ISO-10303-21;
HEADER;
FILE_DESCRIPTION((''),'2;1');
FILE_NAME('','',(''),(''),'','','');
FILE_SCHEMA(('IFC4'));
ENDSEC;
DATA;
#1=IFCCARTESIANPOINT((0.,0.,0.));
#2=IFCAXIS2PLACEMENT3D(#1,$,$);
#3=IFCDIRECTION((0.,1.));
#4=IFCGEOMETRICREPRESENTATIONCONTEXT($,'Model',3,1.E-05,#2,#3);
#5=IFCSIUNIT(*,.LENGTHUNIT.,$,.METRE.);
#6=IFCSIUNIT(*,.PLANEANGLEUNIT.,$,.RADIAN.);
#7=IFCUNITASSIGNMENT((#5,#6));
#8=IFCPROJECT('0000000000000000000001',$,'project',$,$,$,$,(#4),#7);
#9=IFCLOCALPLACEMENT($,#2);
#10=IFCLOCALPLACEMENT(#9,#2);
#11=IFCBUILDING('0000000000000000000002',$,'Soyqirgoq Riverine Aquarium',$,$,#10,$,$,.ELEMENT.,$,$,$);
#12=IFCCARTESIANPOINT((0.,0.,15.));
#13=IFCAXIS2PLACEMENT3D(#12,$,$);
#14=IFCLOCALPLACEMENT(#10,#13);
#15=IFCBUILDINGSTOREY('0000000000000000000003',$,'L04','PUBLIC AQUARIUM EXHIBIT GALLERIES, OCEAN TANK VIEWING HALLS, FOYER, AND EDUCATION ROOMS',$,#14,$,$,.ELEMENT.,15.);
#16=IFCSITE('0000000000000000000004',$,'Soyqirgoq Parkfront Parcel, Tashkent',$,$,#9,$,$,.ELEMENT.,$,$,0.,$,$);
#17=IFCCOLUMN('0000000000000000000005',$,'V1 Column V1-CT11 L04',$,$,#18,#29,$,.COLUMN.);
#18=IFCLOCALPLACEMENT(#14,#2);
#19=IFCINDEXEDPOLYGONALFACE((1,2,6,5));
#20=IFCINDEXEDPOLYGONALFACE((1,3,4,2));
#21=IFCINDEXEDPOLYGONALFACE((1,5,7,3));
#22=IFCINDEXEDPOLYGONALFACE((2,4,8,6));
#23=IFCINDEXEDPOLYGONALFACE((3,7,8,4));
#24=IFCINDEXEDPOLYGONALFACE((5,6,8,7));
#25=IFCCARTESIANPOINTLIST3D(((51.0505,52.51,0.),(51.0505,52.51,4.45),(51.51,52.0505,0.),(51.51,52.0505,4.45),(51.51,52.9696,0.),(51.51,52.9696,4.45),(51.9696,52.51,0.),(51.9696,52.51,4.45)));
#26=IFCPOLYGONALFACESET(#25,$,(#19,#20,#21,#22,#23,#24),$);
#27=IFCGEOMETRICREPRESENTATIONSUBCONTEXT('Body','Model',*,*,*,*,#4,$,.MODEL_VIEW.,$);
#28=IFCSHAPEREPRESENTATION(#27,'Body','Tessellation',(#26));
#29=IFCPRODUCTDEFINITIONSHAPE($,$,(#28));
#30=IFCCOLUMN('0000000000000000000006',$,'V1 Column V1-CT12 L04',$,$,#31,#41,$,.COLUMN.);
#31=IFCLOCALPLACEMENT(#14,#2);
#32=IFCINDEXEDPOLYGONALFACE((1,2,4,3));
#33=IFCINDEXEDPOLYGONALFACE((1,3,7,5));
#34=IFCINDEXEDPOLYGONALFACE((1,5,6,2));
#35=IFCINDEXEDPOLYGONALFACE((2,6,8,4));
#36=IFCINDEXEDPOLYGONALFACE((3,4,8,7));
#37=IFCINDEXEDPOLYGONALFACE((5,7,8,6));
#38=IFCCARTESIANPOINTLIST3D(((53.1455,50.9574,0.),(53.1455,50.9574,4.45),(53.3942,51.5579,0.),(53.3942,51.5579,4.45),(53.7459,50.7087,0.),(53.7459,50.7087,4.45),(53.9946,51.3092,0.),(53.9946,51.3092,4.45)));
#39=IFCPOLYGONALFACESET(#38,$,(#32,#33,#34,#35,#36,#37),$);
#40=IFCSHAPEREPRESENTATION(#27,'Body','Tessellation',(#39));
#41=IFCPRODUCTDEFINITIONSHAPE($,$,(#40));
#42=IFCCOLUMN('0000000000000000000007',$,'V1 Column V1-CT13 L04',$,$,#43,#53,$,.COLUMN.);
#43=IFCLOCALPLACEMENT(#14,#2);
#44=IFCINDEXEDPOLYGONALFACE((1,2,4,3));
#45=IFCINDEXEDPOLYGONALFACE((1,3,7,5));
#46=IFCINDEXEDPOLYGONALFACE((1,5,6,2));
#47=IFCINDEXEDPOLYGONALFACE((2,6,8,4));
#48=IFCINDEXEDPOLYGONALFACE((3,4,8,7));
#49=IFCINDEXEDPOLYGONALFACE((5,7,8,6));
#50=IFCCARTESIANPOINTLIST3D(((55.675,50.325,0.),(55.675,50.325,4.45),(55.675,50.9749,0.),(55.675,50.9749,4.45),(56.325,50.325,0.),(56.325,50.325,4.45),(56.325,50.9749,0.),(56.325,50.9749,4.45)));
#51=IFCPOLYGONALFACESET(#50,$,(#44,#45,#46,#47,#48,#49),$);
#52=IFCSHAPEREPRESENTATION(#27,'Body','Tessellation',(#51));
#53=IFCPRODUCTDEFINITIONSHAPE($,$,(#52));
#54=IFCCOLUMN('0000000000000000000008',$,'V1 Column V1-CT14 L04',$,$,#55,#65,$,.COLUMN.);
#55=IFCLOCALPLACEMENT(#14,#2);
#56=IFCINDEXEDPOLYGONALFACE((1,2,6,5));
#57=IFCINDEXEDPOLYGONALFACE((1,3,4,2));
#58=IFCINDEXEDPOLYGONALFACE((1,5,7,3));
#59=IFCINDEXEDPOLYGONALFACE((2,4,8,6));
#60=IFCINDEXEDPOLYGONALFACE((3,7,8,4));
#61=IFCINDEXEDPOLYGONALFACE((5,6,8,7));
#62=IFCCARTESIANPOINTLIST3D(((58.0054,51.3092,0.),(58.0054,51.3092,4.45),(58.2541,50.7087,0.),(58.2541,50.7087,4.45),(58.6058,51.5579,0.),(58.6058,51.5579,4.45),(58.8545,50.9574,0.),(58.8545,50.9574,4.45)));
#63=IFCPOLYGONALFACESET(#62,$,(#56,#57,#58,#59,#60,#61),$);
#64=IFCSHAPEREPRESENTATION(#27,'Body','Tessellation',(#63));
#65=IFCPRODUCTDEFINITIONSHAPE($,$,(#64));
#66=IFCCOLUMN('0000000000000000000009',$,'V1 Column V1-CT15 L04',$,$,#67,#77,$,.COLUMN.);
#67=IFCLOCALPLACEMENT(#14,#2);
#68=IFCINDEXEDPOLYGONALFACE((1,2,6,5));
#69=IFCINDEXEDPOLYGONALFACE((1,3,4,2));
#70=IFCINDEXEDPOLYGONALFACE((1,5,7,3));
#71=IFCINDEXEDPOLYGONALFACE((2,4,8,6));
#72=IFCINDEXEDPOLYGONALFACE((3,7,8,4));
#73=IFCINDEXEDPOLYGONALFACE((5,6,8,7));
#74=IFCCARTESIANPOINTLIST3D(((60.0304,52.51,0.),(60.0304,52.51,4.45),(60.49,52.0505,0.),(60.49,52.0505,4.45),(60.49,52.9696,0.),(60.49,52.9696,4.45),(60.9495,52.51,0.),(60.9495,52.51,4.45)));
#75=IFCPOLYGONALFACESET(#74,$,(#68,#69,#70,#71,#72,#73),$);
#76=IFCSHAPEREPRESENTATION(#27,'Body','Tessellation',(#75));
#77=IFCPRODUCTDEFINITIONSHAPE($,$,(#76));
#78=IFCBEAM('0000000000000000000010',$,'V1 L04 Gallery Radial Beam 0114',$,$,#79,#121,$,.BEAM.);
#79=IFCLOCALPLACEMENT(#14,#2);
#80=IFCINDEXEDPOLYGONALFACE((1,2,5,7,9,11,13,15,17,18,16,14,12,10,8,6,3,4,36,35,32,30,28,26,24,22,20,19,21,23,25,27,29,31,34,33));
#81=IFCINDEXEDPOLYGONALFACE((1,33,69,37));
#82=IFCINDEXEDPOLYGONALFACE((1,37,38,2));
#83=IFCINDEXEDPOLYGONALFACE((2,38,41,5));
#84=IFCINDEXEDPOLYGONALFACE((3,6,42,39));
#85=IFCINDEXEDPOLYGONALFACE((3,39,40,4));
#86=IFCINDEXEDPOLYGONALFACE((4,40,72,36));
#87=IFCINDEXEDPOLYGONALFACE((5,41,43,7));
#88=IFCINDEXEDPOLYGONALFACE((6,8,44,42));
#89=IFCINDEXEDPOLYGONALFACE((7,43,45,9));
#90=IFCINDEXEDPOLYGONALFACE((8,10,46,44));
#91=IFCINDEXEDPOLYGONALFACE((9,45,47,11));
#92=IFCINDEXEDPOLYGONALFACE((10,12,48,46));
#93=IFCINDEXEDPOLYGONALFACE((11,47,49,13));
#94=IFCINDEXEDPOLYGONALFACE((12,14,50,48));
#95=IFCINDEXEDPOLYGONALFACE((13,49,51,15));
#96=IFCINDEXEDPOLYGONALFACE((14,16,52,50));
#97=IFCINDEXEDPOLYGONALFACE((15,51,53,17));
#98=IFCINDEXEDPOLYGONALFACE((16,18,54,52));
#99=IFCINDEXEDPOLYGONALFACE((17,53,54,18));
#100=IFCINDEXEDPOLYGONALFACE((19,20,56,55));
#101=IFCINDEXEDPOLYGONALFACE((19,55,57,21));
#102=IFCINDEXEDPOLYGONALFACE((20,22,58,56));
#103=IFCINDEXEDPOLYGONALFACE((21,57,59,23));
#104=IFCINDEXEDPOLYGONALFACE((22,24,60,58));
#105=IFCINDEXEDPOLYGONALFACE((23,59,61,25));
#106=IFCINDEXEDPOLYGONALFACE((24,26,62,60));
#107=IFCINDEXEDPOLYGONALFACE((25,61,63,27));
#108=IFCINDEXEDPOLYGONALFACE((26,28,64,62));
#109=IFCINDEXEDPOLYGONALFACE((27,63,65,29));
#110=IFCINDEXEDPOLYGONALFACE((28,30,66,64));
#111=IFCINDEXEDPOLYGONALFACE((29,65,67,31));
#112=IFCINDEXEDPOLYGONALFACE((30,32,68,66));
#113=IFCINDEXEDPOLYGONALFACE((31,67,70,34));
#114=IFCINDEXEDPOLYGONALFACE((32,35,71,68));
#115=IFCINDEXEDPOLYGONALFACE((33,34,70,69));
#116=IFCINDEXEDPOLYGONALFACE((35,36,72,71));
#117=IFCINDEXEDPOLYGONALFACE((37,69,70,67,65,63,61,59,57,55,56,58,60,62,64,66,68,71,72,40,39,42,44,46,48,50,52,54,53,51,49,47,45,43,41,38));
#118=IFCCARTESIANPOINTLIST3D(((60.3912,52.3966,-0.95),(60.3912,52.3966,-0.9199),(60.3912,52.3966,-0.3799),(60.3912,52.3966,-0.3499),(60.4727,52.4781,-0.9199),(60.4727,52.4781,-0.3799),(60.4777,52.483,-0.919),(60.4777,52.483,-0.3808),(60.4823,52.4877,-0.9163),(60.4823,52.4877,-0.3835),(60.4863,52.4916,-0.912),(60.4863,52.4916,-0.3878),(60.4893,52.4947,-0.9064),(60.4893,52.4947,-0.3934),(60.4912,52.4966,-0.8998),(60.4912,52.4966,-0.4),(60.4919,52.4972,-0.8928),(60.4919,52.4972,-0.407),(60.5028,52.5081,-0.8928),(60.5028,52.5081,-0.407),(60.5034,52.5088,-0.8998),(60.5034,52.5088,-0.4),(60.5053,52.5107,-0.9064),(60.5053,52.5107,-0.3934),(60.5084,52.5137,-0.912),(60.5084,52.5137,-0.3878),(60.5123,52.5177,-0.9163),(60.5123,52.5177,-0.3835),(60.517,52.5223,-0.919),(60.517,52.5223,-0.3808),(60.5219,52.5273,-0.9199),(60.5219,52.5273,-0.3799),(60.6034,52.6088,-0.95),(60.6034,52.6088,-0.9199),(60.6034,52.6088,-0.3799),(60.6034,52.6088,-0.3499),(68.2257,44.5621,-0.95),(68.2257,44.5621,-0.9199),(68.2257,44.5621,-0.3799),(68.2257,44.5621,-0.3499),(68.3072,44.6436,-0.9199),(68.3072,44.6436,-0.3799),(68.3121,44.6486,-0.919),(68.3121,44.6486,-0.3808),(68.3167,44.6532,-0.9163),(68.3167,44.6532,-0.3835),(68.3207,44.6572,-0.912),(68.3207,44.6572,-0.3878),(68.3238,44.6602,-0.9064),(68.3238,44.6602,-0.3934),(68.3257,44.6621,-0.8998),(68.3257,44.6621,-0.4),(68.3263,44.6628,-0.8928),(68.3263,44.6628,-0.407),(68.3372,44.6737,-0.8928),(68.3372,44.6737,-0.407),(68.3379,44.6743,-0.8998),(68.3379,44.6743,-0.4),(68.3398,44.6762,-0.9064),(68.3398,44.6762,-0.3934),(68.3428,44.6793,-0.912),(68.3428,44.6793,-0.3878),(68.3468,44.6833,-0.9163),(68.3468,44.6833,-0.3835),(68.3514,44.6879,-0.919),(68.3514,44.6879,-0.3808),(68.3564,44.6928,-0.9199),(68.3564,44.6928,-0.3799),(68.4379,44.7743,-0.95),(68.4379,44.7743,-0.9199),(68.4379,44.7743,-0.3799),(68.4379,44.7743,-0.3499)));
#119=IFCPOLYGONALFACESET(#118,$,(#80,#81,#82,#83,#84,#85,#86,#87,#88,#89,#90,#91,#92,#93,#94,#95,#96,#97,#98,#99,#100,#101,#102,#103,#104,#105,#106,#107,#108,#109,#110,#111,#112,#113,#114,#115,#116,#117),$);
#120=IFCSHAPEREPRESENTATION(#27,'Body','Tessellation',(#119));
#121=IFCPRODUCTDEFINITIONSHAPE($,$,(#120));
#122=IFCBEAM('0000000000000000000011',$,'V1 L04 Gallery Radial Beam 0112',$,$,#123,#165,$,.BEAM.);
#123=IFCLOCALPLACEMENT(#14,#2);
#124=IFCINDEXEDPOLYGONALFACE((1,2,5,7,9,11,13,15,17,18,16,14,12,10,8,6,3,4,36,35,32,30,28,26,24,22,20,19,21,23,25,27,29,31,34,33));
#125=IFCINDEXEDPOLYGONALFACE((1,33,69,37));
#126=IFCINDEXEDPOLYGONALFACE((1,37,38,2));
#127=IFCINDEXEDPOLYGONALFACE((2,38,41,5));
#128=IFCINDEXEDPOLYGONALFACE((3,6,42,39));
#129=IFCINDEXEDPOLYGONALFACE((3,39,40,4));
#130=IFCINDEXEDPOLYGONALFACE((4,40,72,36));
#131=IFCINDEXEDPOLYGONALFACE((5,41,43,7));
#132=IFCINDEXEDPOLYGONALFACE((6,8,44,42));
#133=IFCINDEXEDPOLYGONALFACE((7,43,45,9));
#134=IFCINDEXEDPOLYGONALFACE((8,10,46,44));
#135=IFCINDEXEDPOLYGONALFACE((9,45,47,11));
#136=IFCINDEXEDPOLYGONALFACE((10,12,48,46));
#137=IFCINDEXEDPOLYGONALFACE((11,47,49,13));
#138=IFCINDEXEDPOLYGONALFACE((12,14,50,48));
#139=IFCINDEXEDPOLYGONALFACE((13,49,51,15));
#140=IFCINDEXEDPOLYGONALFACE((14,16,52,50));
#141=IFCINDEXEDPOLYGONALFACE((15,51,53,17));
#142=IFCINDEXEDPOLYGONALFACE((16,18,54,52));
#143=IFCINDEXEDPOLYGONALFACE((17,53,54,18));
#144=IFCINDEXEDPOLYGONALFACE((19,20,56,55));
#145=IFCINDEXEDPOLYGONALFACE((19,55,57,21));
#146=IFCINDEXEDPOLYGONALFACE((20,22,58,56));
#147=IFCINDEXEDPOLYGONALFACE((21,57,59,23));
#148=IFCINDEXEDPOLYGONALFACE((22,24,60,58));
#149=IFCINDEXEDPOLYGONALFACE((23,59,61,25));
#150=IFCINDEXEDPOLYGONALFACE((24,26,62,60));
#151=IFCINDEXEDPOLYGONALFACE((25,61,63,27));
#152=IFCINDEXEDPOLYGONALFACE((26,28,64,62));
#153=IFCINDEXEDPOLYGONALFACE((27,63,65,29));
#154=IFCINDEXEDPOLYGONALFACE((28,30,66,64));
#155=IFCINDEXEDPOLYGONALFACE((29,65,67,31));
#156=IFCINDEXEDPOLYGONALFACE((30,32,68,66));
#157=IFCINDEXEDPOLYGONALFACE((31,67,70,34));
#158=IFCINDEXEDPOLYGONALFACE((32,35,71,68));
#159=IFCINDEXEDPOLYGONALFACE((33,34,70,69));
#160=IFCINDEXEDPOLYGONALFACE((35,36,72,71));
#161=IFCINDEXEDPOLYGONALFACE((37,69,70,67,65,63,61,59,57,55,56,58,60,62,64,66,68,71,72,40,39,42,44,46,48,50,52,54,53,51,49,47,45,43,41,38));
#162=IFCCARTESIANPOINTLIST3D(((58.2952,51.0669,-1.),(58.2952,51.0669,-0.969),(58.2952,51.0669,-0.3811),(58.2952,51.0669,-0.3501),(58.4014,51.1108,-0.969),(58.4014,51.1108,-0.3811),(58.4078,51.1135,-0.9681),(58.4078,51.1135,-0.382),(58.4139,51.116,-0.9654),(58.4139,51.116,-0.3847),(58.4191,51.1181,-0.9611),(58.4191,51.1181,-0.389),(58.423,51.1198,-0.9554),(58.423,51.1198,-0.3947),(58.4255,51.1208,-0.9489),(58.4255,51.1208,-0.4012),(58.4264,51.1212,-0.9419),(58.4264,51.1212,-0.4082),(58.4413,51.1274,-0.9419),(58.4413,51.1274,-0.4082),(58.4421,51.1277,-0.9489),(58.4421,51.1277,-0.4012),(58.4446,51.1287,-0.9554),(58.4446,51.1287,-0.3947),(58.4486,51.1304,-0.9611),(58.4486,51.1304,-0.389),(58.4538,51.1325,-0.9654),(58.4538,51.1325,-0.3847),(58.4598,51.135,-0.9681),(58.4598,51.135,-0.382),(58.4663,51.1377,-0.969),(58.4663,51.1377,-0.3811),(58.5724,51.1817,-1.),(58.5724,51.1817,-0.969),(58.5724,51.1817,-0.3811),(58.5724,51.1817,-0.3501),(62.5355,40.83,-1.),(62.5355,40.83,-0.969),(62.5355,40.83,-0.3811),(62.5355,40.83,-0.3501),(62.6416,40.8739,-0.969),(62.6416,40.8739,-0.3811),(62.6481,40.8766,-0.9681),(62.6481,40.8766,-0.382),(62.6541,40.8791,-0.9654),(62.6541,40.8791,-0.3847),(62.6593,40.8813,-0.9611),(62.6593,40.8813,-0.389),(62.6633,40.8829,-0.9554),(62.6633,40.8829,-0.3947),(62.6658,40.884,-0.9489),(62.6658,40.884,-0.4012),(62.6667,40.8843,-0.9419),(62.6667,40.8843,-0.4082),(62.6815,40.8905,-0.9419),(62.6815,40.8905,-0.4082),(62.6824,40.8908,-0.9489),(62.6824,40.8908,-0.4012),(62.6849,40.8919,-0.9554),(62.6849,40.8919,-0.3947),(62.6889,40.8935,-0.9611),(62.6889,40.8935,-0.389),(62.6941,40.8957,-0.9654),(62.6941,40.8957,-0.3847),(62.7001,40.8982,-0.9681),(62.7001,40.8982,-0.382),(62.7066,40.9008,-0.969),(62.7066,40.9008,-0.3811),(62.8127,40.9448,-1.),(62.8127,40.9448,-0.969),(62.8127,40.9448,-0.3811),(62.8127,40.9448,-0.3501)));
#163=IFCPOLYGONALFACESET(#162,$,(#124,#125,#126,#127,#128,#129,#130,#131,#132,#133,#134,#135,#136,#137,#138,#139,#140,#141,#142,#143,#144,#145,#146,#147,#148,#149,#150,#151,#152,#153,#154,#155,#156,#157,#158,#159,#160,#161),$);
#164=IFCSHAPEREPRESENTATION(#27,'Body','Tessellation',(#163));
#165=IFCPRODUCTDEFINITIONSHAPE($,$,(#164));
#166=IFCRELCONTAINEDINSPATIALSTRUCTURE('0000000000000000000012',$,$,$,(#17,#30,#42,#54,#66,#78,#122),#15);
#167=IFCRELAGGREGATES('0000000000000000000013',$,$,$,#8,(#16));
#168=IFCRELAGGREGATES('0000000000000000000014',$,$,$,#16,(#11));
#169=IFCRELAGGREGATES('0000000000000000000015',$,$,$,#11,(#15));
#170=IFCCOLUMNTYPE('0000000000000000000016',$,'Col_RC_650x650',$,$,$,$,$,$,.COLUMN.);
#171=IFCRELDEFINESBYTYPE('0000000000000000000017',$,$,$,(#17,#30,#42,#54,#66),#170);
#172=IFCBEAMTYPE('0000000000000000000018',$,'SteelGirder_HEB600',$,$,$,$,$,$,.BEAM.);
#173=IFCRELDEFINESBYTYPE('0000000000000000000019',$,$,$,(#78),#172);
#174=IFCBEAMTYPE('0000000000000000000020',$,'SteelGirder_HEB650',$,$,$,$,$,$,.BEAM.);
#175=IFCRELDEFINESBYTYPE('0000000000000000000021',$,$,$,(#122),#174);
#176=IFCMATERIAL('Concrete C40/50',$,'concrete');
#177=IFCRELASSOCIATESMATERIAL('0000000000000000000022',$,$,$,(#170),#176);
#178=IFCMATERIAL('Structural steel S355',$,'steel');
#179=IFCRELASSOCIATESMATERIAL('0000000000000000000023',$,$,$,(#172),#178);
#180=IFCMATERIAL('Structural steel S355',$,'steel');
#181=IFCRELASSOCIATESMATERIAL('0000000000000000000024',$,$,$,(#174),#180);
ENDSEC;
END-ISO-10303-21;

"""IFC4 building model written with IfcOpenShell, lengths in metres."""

from ifc_helpers import new_model, si_unit, direction, frame, origin, origin_2d, place, context, subcontext, project, spatial, rectangle, i_section, extrude, material, material_profile, profile_set, type_object, element, save


model = new_model("IFC4")

# Units and contexts
model_context = context("Model", 3, precision=1e-05, world=origin(), true_north=direction((0.0, 1.0)))
body_context = subcontext(model_context, "Body", "Model", "MODEL_VIEW")
ifc_project = project(units=[si_unit("LENGTHUNIT", "METRE"), si_unit("PLANEANGLEUNIT", "RADIAN")], contexts=[model_context])

# Site, building, storey
site_placement = place(None, origin())
site = spatial("IfcSite", under=ifc_project, at=site_placement, Name="Soyqirgoq Parkfront Parcel, Tashkent", CompositionType="ELEMENT", RefElevation=0.0)
building_placement = place(site_placement, origin())
building = spatial("IfcBuilding", under=site, at=building_placement, Name="Soyqirgoq Riverine Aquarium", CompositionType="ELEMENT")
storey_placement = place(building_placement, frame((0.0, 0.0, 15.0)))
storey = spatial("IfcBuildingStorey", under=building, at=storey_placement, Name="L04", Description="PUBLIC AQUARIUM EXHIBIT GALLERIES, OCEAN TANK VIEWING HALLS, FOYER, AND EDUCATION ROOMS", CompositionType="ELEMENT", Elevation=15.0)

# Columns
ifc_material_1 = material(Name="Concrete C40/50", Category="concrete")
ifc_material_profile_1 = material_profile(ifc_material_1, rectangle(XDim=0.6499, YDim=0.6499, at=origin_2d()), Name="RC 650x650")
ifc_profile_set_1 = profile_set([ifc_material_profile_1], Name="Concrete C40/50")
column_type = type_object("IfcColumnType", Name="Col_RC_650x650", PredefinedType="COLUMN", material=ifc_profile_set_1)
for number, where, z_axis, x_axis, name in (
    (1, (51.51, 52.51, 0.0), (0.0, 0.0, 1.0), (-0.707107, -0.707107, 0.0), "V1 Column V1-CT11 L04"),
    (2, (53.5701, 51.1333, 0.0), (0.0, 0.0, 1.0), (-0.382683, -0.92388, 0.0), "V1 Column V1-CT12 L04"),
    (3, (56.0, 50.6499, 0.0), (0.0, 0.0, 1.0), (0.0, -1.0, 0.0), "V1 Column V1-CT13 L04"),
    (4, (58.4299, 51.1333, 0.0), (0.0, 0.0, 1.0), (0.382683, -0.92388, 0.0), "V1 Column V1-CT14 L04"),
    (5, (60.49, 52.51, 0.0), (0.0, 0.0, 1.0), (0.707107, -0.707107, 0.0), "V1 Column V1-CT15 L04"),
):
    element("IfcColumn", number, at=place(storey_placement, frame(where, z_axis=z_axis, x_axis=x_axis)), inside=storey, type_object=column_type, Name=name, PredefinedType="COLUMN", context=body_context, shape_type="SweptSolid", body=[
        extrude(rectangle(XDim=0.6499, YDim=0.6499, at=origin_2d()), origin(), (0.0, 0.0, 1.0), 4.45),
    ])

# Beams
ifc_material_2 = material(Name="Structural steel S355", Category="steel")
ifc_material_profile_2 = material_profile(ifc_material_2, i_section(OverallWidth=0.3, OverallDepth=0.6001, WebThickness=0.0154, FlangeThickness=0.03, FilletRadius=0.0271, at=origin_2d()), Name="HEB 600")
ifc_profile_set_2 = profile_set([ifc_material_profile_2], Name="Structural steel S355")
beam_type_1 = type_object("IfcBeamType", Name="SteelGirder_HEB600", PredefinedType="BEAM", material=ifc_profile_set_2)
beam_1_placement = place(storey_placement, frame((60.4973, 52.5027, -0.6499), z_axis=(0.707107, -0.707107, 0.0), x_axis=(0.707107, 0.707107, 0.0)))
element("IfcBeam", 6, at=beam_1_placement, inside=storey, type_object=beam_type_1, Name="V1 L04 Gallery Radial Beam 0114", PredefinedType="BEAM", context=body_context, shape_type="SweptSolid", body=[
    extrude(i_section(OverallWidth=0.3, OverallDepth=0.6001, WebThickness=0.0154, FlangeThickness=0.03, FilletRadius=0.0271, at=origin_2d()), origin(), (0.0, 0.0, 1.0), 11.0796),
])
ifc_material_3 = material(Name="Structural steel S355", Category="steel")
ifc_material_profile_3 = material_profile(ifc_material_3, i_section(OverallWidth=0.3, OverallDepth=0.6499, WebThickness=0.0161, FlangeThickness=0.031, FilletRadius=0.0271, at=origin_2d()), Name="HEB 650")
ifc_profile_set_3 = profile_set([ifc_material_profile_3], Name="Structural steel S355")
beam_type_2 = type_object("IfcBeamType", Name="SteelGirder_HEB650", PredefinedType="BEAM", material=ifc_profile_set_3)
beam_2_placement = place(storey_placement, frame((58.4338, 51.1243, -0.675), z_axis=(0.382684, -0.923879, 0.0), x_axis=(0.923879, 0.382684, 0.0)))
element("IfcBeam", 7, at=beam_2_placement, inside=storey, type_object=beam_type_2, Name="V1 L04 Gallery Radial Beam 0112", PredefinedType="BEAM", context=body_context, shape_type="SweptSolid", body=[
    extrude(i_section(OverallWidth=0.3, OverallDepth=0.6499, WebThickness=0.0161, FlangeThickness=0.031, FilletRadius=0.0271, at=origin_2d()), origin(), (0.0, 0.0, 1.0), 11.0803),
])

save(model, "model.ifc")
